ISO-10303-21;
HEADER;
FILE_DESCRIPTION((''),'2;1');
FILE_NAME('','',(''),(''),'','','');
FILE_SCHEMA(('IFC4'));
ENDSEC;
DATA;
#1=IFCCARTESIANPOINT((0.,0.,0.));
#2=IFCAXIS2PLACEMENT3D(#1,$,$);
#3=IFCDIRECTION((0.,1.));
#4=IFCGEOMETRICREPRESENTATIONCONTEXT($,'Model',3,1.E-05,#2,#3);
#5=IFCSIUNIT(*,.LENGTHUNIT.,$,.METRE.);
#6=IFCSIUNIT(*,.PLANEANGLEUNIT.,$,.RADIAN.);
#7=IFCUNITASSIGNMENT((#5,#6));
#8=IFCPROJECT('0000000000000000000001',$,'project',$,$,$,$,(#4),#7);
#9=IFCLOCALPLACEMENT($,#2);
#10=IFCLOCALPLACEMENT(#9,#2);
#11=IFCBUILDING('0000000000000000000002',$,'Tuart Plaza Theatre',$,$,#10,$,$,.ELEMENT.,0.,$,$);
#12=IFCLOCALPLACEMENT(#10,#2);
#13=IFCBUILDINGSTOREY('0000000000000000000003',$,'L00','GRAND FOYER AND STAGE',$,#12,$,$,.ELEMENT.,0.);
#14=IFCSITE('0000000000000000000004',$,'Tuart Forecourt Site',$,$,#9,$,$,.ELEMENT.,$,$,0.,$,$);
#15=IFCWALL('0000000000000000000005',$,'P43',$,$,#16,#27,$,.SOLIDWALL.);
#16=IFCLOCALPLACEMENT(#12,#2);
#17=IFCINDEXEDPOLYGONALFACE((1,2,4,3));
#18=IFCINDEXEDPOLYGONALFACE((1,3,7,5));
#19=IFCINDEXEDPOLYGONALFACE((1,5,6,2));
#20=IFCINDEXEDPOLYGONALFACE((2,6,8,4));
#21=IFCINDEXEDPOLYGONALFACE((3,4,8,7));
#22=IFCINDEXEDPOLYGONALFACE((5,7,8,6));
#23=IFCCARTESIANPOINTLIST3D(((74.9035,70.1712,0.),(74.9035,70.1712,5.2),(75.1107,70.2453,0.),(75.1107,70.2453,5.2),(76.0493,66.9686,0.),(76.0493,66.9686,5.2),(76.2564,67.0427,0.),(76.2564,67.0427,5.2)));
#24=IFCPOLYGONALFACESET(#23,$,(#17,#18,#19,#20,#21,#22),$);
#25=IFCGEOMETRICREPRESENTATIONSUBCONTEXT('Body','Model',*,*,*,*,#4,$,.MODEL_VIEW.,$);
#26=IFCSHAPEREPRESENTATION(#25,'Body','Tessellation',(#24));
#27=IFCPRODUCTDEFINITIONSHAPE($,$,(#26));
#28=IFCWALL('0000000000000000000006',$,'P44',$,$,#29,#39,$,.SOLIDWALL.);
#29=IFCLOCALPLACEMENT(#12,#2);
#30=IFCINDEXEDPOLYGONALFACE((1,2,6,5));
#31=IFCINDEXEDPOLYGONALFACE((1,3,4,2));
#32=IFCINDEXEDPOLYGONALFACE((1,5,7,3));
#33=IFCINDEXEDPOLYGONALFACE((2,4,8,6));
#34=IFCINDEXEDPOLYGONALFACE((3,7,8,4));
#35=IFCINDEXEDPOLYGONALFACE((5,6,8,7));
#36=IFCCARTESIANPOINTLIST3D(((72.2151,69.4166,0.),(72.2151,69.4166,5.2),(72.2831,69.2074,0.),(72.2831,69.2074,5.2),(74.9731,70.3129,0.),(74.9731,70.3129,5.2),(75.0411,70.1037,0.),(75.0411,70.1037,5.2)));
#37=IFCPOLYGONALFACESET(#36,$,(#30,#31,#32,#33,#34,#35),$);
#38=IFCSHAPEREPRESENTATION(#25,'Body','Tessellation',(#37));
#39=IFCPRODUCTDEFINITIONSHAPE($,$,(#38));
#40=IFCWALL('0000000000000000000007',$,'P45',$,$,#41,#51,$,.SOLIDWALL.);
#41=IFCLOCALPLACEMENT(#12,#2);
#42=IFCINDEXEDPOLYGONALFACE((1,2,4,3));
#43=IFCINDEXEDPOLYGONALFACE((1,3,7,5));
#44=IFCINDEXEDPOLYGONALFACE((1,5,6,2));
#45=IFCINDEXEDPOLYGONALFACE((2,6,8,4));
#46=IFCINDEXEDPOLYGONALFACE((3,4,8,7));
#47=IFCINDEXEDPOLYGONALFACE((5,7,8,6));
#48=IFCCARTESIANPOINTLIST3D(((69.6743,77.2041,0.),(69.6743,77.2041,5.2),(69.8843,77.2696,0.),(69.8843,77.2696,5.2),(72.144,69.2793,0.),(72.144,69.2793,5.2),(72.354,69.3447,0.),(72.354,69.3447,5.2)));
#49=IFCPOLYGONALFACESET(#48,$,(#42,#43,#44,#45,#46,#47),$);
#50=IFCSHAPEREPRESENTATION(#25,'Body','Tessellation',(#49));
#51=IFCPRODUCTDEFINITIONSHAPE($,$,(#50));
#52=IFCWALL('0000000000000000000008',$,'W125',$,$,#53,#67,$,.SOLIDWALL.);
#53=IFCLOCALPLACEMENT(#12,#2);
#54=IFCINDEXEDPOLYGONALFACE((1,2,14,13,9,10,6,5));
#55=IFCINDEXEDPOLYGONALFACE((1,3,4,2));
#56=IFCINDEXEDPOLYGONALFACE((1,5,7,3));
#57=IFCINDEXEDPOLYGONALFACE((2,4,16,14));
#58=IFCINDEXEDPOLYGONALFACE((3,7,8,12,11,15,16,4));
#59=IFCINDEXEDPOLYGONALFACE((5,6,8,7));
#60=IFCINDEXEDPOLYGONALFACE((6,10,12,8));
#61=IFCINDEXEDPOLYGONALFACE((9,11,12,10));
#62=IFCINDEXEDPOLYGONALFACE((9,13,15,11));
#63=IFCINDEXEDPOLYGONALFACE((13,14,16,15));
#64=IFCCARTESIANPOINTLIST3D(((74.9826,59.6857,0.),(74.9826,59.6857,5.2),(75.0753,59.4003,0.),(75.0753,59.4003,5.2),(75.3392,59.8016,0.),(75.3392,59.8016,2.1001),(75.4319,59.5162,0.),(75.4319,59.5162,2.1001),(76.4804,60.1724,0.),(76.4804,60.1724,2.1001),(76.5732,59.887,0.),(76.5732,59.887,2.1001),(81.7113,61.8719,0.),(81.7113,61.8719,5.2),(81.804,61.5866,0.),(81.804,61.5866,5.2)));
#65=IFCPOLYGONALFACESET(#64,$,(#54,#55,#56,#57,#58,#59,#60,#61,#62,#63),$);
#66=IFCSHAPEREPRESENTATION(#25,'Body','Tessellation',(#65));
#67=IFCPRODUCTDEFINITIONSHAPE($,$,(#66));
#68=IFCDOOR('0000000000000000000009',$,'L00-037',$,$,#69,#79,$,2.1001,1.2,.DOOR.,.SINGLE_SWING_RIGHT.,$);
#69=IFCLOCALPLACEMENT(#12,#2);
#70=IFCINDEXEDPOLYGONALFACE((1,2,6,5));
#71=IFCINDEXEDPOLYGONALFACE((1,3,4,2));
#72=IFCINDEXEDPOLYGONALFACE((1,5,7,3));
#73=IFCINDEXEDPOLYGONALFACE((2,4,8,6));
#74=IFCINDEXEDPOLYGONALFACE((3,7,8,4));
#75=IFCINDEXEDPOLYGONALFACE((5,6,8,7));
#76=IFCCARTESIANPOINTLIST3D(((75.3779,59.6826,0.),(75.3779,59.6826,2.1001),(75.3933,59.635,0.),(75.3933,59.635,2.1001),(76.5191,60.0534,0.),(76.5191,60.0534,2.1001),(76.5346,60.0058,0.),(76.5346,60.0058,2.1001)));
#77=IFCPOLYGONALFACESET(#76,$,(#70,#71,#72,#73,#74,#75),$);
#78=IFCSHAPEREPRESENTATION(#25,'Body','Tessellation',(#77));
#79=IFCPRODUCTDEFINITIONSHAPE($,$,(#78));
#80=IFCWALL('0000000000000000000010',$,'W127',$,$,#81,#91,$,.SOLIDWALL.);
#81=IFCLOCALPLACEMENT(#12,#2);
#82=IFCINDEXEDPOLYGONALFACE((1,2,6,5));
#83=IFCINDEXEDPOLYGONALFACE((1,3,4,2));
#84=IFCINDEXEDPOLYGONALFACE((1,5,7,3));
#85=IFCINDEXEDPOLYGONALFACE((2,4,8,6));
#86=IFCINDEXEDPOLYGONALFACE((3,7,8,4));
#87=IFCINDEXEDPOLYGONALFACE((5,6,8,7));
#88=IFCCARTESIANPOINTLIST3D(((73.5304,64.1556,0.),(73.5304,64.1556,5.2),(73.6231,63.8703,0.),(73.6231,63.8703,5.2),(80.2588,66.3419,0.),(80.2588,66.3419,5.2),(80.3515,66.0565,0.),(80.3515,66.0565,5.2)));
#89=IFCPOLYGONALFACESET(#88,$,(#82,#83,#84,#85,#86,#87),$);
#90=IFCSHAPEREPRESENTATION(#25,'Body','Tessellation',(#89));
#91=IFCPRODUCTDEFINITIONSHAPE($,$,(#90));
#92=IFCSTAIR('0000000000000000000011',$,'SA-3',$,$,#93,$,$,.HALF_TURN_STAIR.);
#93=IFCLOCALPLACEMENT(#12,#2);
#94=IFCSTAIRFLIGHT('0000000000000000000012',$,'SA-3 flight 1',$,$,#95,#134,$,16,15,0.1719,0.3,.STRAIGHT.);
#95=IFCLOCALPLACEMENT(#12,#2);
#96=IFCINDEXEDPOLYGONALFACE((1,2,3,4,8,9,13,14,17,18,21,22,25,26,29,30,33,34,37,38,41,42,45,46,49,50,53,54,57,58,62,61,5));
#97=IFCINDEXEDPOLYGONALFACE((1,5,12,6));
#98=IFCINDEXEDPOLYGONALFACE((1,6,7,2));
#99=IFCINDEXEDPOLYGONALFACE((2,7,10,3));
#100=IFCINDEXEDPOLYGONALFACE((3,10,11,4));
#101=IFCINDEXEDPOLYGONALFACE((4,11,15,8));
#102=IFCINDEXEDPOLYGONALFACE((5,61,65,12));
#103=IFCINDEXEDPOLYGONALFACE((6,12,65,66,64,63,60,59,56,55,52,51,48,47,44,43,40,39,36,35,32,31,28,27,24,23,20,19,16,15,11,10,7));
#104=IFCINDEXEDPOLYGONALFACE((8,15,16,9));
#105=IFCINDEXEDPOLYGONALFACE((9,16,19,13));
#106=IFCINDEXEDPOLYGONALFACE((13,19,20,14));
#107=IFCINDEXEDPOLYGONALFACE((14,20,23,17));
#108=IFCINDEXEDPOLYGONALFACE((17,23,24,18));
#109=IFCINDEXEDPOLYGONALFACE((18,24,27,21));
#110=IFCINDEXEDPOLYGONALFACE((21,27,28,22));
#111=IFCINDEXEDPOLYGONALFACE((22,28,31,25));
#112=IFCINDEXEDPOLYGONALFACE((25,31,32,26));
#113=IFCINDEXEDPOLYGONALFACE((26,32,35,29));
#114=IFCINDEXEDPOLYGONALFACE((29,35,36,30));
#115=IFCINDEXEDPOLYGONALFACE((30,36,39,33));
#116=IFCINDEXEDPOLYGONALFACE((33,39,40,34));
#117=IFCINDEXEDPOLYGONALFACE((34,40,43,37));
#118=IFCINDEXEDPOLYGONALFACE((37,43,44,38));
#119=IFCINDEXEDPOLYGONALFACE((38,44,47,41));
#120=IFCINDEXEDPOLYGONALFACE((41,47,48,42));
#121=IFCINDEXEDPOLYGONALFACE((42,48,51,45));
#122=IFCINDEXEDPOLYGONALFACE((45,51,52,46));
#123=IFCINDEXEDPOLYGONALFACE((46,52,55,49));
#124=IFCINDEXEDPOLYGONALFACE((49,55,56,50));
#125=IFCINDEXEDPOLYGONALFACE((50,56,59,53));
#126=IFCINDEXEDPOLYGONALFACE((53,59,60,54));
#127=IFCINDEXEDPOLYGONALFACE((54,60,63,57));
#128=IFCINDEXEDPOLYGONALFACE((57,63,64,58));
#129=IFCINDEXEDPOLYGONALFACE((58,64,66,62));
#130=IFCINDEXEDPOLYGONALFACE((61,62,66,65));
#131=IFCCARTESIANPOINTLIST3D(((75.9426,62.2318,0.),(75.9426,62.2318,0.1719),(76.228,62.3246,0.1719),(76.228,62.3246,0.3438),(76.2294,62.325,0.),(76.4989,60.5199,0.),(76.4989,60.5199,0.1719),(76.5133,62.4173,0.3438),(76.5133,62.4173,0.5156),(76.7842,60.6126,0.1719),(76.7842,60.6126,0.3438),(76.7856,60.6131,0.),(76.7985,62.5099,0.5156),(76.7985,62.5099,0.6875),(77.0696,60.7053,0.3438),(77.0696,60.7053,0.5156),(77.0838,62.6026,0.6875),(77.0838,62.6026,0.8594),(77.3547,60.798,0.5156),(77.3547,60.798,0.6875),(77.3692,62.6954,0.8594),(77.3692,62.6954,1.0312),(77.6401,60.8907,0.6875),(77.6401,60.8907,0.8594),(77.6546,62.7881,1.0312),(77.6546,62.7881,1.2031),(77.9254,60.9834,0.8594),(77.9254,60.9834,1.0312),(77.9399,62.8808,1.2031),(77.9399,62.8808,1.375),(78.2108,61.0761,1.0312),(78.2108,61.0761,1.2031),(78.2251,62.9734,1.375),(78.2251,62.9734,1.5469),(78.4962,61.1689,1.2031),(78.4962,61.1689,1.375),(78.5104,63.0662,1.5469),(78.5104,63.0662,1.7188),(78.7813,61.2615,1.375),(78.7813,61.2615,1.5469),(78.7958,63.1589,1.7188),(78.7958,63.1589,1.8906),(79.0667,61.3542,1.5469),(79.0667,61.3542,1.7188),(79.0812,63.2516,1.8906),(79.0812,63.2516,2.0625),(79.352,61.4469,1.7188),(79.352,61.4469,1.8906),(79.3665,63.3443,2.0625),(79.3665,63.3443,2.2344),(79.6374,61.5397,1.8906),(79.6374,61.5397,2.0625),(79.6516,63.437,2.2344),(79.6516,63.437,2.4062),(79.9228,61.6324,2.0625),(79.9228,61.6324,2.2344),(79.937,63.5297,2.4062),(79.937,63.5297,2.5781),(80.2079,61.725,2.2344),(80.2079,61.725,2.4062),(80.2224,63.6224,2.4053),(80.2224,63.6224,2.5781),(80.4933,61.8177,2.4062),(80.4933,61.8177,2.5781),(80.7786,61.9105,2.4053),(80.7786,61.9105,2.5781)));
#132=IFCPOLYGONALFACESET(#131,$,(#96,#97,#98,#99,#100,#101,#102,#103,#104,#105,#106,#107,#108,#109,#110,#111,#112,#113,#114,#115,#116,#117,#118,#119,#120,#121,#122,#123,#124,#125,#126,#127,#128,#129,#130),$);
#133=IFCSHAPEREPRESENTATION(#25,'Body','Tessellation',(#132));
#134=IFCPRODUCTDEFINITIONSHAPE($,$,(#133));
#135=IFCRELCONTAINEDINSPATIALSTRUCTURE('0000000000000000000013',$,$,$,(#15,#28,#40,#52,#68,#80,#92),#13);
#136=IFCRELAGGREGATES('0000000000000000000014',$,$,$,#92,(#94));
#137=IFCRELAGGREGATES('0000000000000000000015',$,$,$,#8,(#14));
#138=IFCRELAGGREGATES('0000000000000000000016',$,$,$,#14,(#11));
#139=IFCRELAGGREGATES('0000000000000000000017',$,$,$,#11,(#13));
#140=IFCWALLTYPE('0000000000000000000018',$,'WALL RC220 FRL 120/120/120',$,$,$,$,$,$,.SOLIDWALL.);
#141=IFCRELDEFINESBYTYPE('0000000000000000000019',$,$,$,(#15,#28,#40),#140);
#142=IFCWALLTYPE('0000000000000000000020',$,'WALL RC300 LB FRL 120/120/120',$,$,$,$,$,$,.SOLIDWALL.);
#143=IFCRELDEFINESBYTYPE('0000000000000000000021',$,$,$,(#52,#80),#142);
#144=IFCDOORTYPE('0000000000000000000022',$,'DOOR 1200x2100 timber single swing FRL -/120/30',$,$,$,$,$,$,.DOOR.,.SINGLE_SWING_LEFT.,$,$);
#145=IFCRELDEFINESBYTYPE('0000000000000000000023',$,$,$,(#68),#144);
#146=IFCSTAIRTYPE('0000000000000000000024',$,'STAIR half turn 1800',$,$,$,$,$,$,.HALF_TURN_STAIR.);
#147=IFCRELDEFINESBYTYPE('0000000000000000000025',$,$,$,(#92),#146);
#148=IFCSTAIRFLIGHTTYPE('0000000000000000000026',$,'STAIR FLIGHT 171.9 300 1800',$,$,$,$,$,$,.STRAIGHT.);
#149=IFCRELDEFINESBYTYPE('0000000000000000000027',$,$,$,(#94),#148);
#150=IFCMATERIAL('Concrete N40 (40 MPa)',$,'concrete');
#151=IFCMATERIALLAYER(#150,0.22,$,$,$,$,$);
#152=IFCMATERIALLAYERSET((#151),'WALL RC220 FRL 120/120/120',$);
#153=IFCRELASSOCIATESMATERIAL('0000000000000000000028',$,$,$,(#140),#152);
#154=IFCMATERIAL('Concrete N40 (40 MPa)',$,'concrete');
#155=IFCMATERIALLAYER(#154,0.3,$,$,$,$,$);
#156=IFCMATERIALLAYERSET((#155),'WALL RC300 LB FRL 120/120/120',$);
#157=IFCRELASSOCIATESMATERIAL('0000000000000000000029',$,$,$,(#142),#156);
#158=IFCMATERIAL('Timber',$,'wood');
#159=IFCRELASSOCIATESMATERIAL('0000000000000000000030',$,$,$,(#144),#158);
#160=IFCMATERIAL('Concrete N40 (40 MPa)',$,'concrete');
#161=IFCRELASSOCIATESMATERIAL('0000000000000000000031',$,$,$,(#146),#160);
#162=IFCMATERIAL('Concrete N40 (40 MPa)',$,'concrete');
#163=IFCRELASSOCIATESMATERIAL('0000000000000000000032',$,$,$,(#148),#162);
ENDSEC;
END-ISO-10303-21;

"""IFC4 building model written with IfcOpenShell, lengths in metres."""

from ifc_helpers import new_model, si_unit, direction, frame, frame_2d, origin, place, context, subcontext, project, spatial, polyline, rectangle, outline, extrude, material, layer, layer_set, type_object, element, fill, aggregate, save


model = new_model("IFC4")

# Units and contexts
model_context = context("Model", 3, precision=1e-05, world=origin(), true_north=direction((0.0, 1.0)))
body_context = subcontext(model_context, "Body", "Model", "MODEL_VIEW")
ifc_project = project(units=[si_unit("LENGTHUNIT", "METRE"), si_unit("PLANEANGLEUNIT", "RADIAN")], contexts=[model_context])

# Site, building, storey
site_placement = place(None, origin())
site = spatial("IfcSite", under=ifc_project, at=site_placement, Name="Tuart Forecourt Site", CompositionType="ELEMENT", RefElevation=0.0)
building_placement = place(site_placement, origin())
building = spatial("IfcBuilding", under=site, at=building_placement, Name="Tuart Plaza Theatre", CompositionType="ELEMENT", ElevationOfRefHeight=0.0)
storey_placement = place(building_placement, origin())
storey = spatial("IfcBuildingStorey", under=building, at=storey_placement, Name="L00", Description="GRAND FOYER AND STAGE", CompositionType="ELEMENT", Elevation=0.0)

# Walls
ifc_material_1 = material(Name="Concrete N40 (40 MPa)", Category="concrete")
ifc_layer_1 = layer(ifc_material_1, 0.22)
ifc_layer_set_1 = layer_set([ifc_layer_1], Name="WALL RC220 FRL 120/120/120")
wall_type_1 = type_object("IfcWallType", Name="WALL RC220 FRL 120/120/120", PredefinedType="SOLIDWALL", material=ifc_layer_set_1)
wall_1_placement = place(storey_placement, frame((76.1528, 67.0056, 0.0), z_axis=(0.0, 0.0, 1.0), x_axis=(-0.336846, 0.94156, 0.0)))
element("IfcWall", 1, at=wall_1_placement, inside=storey, type_object=wall_type_1, Name="P43", PredefinedType="SOLIDWALL", context=body_context, shape_type="SweptSolid", body=[
    extrude(rectangle(XDim=3.4014, YDim=0.22, at=frame_2d((1.7007, 0.0))), origin(), (0.0, 0.0, 1.0), 5.2),
])
wall_2_placement = place(storey_placement, frame((75.0071, 70.2083, 0.0), z_axis=(0.0, 0.0, 1.0), x_axis=(-0.951047, -0.309046, 0.0)))
element("IfcWall", 2, at=wall_2_placement, inside=storey, type_object=wall_type_1, Name="P44", PredefinedType="SOLIDWALL", context=body_context, shape_type="SweptSolid", body=[
    extrude(rectangle(XDim=2.8999, YDim=0.22, at=frame_2d((1.45, 0.0))), origin(), (0.0, 0.0, 1.0), 5.2),
])
wall_3_placement = place(storey_placement, frame((72.249, 69.312, 0.0), z_axis=(0.0, 0.0, 1.0), x_axis=(-0.297531, 0.954712, 0.0)))
element("IfcWall", 3, at=wall_3_placement, inside=storey, type_object=wall_type_1, Name="P45", PredefinedType="SOLIDWALL", context=body_context, shape_type="SweptSolid", body=[
    extrude(rectangle(XDim=8.3008, YDim=0.22, at=frame_2d((4.1504, 0.0))), origin(), (0.0, 0.0, 1.0), 5.2),
])

# Wall, opening, door
ifc_material_2 = material(Name="Concrete N40 (40 MPa)", Category="concrete")
ifc_layer_2 = layer(ifc_material_2, 0.3)
ifc_layer_set_2 = layer_set([ifc_layer_2], Name="WALL RC300 LB FRL 120/120/120")
wall_type_2 = type_object("IfcWallType", Name="WALL RC300 LB FRL 120/120/120", PredefinedType="SOLIDWALL", material=ifc_layer_set_2)
wall_4_placement = place(storey_placement, frame((75.0288, 59.543, 0.0), z_axis=(0.0, 0.0, 1.0), x_axis=(0.951058, 0.309014, 0.0)))
wall_4 = element("IfcWall", 4, at=wall_4_placement, inside=storey, type_object=wall_type_2, Name="W125", PredefinedType="SOLIDWALL", context=body_context, shape_type="SweptSolid", body=[
    extrude(rectangle(XDim=7.075, YDim=0.3, at=frame_2d((3.5376, 0.0))), origin(), (0.0, 0.0, 1.0), 5.2),
])
opening_1_placement = place(wall_4_placement, frame((0.375, 0.0, 0.0)))
opening_1 = element("IfcOpeningElement", 5, at=opening_1_placement, cuts=wall_4, PredefinedType="OPENING", context=body_context, shape_type="SweptSolid", body=[
    extrude(rectangle(XDim=1.2, YDim=2.1001, at=frame_2d((0.6001, 1.05))), frame((0.0, 0.1599, 0.0), z_axis=(0.0, -1.0, 0.0), x_axis=(1.0, 0.0, 0.0)), (0.0, 0.0, 1.0), 0.3201),
])
ifc_material_3 = material(Name="Timber", Category="wood")
door_type_1 = type_object("IfcDoorType", Name="DOOR 1200x2100 timber single swing FRL -/120/30", OperationType="SINGLE_SWING_LEFT", PredefinedType="DOOR", material=ifc_material_3)
door_1_placement = place(opening_1_placement, origin())
door_1 = element("IfcDoor", 6, at=door_1_placement, inside=storey, type_object=door_type_1, Name="L00-037", OperationType="SINGLE_SWING_RIGHT", OverallHeight=2.1001, OverallWidth=1.2, PredefinedType="DOOR", context=body_context, shape_type="SweptSolid", body=[
    extrude(rectangle(XDim=1.2, YDim=2.1001, at=frame_2d((0.6001, 1.05))), frame((0.0, 0.0249, 0.0), z_axis=(0.0, -1.0, 0.0), x_axis=(1.0, 0.0, 0.0)), (0.0, 0.0, 1.0), 0.05),
])
fill(opening_1, door_1)

# Wall
wall_5_placement = place(storey_placement, frame((80.3052, 66.1992, 0.0), z_axis=(0.0, 0.0, 1.0), x_axis=(-0.951054, -0.309024, 0.0)))
element("IfcWall", 7, at=wall_5_placement, inside=storey, type_object=wall_type_2, Name="W127", PredefinedType="SOLIDWALL", context=body_context, shape_type="SweptSolid", body=[
    extrude(rectangle(XDim=7.0747, YDim=0.3, at=frame_2d((3.5374, 0.0))), origin(), (0.0, 0.0, 1.0), 5.2),
])

# Stair, stair flight
ifc_material_4 = material(Name="Concrete N40 (40 MPa)", Category="concrete")
stair_type = type_object("IfcStairType", Name="STAIR half turn 1800", PredefinedType="HALF_TURN_STAIR", material=ifc_material_4)
stair_placement = place(storey_placement, origin())
stair = element("IfcStair", 8, at=stair_placement, inside=storey, type_object=stair_type, Name="SA-3", PredefinedType="HALF_TURN_STAIR")
ifc_material_5 = material(Name="Concrete N40 (40 MPa)", Category="concrete")
stair_flight_type = type_object("IfcStairFlightType", Name="STAIR FLIGHT 171.9 300 1800", PredefinedType="STRAIGHT", material=ifc_material_5)
stair_flight_placement = place(storey_placement, frame((76.2207, 61.376, 0.0), z_axis=(0.0, 0.0, 1.0), x_axis=(0.951057, 0.309017, 0.0)))
stair_flight = element("IfcStairFlight", 9, at=stair_flight_placement, type_object=stair_flight_type, Name="SA-3 flight 1", NumberOfRisers=16, NumberOfTreads=15, PredefinedType="STRAIGHT", RiserHeight=0.1719, TreadLength=0.3, context=body_context, shape_type="SweptSolid", body=[
    extrude(outline(polyline([(0.0, 0.0), (0.0, 0.1719), (0.3, 0.1719), (0.3, 0.3438), (0.6001, 0.3438), (0.6001, 0.5156), (0.8999, 0.5156), (0.8999, 0.6875), (1.2, 0.6875), (1.2, 0.8594), (1.5, 0.8594), (1.5, 1.0312), (1.8, 1.0312), (1.8, 1.2031), (2.1001, 1.2031), (2.1001, 1.375), (2.3999, 1.375), (2.3999, 1.5469), (2.7, 1.5469), (2.7, 1.7188), (3.0, 1.7188), (3.0, 1.8906), (3.3, 1.8906), (3.3, 2.0625), (3.6001, 2.0625), (3.6001, 2.2344), (3.8999, 2.2344), (3.8999, 2.4062), (4.2, 2.4062), (4.2, 2.5781), (4.5, 2.5781), (4.5, 2.75), (4.5, 2.4053), (0.3015, 0.0), (0.0, 0.0)])), frame((0.0, 0.8999, 0.0), z_axis=(0.0, -1.0, 0.0), x_axis=(1.0, 0.0, 0.0)), (0.0, 0.0, 1.0), 1.8),
])
aggregate(stair, [stair_flight])

save(model, "model.ifc")
